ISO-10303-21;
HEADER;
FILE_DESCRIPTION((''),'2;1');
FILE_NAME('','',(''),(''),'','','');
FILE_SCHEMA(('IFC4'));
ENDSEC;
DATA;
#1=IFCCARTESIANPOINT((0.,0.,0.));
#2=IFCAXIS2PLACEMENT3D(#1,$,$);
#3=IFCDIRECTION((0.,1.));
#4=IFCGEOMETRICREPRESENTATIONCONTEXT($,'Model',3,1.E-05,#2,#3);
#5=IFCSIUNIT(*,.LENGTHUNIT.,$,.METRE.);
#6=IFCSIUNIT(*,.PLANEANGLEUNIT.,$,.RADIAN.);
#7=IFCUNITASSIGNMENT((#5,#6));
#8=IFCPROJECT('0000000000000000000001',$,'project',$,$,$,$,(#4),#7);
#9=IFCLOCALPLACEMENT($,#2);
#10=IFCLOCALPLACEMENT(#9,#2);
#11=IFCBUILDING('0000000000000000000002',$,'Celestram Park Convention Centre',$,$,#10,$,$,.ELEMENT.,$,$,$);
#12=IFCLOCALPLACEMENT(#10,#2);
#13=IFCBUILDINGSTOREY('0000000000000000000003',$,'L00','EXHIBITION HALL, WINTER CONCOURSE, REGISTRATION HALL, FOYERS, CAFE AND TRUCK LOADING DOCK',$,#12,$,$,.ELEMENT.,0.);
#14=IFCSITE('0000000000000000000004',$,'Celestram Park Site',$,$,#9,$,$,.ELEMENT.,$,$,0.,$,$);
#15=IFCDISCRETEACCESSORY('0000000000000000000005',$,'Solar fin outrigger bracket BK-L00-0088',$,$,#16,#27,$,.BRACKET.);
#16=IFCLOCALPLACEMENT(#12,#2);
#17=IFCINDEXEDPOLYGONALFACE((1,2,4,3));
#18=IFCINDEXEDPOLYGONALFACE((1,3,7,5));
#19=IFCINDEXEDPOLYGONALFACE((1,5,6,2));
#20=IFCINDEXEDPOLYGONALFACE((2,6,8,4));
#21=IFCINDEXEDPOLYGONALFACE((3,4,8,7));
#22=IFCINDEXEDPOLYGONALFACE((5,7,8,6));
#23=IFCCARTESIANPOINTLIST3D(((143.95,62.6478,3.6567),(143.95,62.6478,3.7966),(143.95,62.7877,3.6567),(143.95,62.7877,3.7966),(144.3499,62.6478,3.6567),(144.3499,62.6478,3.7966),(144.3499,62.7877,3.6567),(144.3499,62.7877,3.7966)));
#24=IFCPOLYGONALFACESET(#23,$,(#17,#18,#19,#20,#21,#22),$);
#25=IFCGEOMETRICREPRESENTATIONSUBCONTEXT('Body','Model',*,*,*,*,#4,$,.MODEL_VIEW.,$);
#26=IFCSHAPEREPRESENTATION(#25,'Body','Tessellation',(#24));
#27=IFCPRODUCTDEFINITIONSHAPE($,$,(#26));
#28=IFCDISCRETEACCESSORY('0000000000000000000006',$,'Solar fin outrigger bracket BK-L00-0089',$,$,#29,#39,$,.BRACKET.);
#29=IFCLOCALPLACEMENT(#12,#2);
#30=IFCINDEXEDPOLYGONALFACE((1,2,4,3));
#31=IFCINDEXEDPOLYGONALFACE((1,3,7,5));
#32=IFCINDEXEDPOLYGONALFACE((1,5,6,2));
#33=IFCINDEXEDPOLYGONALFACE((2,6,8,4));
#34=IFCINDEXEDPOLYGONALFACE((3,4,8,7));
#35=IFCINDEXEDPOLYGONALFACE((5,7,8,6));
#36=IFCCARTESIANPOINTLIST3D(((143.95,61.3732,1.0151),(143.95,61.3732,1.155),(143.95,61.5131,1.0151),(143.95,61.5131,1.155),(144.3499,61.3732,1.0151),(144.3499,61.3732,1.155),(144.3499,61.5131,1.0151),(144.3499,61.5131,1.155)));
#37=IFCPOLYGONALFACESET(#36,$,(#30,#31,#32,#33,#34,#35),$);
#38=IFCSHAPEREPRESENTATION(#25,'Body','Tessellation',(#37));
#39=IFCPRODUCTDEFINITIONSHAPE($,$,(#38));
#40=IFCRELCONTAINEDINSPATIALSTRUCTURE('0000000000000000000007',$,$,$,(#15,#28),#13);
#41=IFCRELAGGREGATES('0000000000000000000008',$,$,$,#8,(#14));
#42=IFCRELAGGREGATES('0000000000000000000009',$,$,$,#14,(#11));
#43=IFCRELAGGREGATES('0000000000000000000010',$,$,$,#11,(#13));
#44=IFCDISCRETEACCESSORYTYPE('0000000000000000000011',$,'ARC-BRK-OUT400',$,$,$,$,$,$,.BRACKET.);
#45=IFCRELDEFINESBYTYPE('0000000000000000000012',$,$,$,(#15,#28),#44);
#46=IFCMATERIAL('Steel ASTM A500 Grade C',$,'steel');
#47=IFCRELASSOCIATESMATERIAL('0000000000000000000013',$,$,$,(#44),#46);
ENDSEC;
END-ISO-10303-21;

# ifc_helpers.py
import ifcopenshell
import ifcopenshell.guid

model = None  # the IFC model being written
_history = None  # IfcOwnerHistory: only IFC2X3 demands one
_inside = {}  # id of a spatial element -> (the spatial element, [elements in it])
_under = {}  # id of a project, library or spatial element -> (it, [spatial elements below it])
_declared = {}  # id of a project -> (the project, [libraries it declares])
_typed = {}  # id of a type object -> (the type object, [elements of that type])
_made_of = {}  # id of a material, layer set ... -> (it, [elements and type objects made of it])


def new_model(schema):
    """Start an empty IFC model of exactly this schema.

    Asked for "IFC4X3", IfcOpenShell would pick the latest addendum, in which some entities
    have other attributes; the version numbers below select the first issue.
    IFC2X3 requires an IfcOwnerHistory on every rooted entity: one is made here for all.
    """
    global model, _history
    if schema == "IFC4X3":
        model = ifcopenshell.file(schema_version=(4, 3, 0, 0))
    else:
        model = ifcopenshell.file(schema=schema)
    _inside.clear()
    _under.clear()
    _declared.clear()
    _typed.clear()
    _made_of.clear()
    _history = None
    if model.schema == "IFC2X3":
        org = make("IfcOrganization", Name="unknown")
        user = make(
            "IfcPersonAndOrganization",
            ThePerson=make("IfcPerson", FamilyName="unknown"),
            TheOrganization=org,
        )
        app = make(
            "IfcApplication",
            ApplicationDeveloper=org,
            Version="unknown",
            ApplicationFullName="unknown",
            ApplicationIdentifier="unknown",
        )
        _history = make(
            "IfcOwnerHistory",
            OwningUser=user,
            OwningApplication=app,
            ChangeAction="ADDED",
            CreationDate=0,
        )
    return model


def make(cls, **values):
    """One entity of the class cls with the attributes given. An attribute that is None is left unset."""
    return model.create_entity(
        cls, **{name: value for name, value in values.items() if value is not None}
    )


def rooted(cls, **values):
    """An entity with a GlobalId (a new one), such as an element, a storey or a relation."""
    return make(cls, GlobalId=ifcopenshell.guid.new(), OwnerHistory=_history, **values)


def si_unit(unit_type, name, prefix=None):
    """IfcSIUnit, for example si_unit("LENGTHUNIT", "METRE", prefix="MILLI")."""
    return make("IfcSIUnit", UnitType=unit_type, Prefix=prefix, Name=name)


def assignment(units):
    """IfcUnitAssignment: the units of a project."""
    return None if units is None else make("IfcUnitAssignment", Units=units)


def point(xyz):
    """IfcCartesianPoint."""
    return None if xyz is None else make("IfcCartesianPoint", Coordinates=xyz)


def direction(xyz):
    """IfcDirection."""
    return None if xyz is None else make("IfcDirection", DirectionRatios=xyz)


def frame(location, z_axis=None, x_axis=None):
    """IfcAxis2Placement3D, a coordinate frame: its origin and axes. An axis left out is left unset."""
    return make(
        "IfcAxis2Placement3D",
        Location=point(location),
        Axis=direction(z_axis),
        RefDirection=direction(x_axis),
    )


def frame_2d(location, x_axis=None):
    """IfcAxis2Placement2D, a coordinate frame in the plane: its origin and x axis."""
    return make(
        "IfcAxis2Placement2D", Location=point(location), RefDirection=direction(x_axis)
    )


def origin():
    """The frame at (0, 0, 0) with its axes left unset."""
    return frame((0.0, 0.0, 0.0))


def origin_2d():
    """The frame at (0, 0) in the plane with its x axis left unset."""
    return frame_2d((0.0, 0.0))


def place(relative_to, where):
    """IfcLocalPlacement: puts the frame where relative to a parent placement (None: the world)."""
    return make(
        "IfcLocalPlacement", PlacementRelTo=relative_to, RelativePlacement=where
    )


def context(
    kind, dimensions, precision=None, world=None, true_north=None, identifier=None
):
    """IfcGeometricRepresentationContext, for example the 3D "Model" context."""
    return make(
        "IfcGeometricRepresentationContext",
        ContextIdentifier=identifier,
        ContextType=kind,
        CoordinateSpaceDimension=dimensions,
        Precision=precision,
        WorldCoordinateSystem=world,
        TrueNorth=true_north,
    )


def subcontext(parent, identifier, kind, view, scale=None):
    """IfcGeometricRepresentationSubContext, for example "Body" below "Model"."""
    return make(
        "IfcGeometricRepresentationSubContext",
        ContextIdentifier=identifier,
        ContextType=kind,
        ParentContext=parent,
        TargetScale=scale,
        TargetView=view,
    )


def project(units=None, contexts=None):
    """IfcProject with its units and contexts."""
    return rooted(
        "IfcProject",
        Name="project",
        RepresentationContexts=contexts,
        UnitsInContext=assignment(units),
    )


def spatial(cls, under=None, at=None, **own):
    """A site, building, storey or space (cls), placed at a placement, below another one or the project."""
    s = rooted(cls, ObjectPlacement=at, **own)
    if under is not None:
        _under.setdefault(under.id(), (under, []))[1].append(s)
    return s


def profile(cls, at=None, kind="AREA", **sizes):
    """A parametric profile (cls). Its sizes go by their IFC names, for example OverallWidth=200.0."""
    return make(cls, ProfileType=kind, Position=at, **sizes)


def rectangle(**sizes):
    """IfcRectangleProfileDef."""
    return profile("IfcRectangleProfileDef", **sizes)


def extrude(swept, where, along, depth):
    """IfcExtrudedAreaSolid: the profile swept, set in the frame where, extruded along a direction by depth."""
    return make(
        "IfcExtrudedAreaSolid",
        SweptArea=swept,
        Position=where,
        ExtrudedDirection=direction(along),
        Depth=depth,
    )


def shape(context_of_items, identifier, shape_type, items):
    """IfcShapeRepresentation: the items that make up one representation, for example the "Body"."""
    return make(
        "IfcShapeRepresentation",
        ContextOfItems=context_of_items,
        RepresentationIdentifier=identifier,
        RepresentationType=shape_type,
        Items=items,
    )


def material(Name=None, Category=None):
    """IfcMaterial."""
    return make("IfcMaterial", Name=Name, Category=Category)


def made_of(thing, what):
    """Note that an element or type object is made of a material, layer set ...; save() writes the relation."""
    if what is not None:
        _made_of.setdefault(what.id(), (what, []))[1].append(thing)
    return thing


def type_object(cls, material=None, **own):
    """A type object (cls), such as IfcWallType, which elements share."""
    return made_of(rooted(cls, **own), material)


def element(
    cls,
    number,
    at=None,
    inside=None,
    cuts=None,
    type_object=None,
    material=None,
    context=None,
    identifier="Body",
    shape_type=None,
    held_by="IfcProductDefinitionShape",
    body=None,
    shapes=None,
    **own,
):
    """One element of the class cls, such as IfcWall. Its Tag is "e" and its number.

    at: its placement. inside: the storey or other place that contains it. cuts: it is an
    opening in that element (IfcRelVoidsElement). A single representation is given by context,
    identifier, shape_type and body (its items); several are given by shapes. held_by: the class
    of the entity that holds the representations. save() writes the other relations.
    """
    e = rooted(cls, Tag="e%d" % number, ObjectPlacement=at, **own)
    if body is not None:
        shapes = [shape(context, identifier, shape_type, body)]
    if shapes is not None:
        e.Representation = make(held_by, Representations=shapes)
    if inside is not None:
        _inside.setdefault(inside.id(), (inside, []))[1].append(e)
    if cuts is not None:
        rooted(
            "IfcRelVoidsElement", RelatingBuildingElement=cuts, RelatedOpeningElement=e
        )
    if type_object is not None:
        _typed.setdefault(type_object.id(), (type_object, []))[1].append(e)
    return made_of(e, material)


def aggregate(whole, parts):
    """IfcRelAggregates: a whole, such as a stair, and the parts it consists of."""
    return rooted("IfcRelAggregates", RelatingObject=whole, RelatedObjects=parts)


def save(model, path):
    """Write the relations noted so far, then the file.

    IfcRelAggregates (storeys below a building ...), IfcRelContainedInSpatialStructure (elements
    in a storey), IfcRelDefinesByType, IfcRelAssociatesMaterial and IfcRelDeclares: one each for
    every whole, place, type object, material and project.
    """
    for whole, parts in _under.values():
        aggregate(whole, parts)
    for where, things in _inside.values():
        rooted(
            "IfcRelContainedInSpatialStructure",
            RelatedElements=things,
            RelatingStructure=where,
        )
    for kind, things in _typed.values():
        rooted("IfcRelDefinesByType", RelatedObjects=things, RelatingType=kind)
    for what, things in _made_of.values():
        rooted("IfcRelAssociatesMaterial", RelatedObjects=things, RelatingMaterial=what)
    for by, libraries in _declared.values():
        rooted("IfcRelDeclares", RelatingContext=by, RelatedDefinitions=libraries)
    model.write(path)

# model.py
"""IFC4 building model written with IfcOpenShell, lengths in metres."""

from ifc_helpers import new_model, si_unit, direction, frame, origin, origin_2d, place, context, subcontext, project, spatial, rectangle, extrude, material, type_object, element, save


model = new_model("IFC4")

# Units and contexts
model_context = context("Model", 3, precision=1e-05, world=origin(), true_north=direction((0.0, 1.0)))
body_context = subcontext(model_context, "Body", "Model", "MODEL_VIEW")
ifc_project = project(units=[si_unit("LENGTHUNIT", "METRE"), si_unit("PLANEANGLEUNIT", "RADIAN")], contexts=[model_context])

# Site, building, storey
site_placement = place(None, origin())
site = spatial("IfcSite", under=ifc_project, at=site_placement, Name="Celestram Park Site", CompositionType="ELEMENT", RefElevation=0.0)
building_placement = place(site_placement, origin())
building = spatial("IfcBuilding", under=site, at=building_placement, Name="Celestram Park Convention Centre", CompositionType="ELEMENT")
storey_placement = place(building_placement, origin())
storey = spatial("IfcBuildingStorey", under=building, at=storey_placement, Name="L00", Description="EXHIBITION HALL, WINTER CONCOURSE, REGISTRATION HALL, FOYERS, CAFE AND TRUCK LOADING DOCK", CompositionType="ELEMENT", Elevation=0.0)

# Shared definitions
ifc_material_1 = material(Name="Steel ASTM A500 Grade C", Category="steel")

# Discrete accessories
discrete_accessory_type = type_object("IfcDiscreteAccessoryType", Name="ARC-BRK-OUT400", PredefinedType="BRACKET", material=ifc_material_1)
for number, where, z_axis, x_axis, name in (
    (1, (144.1499, 62.7178, 3.6567), (0.0, 0.0, 1.0), (1.0, 0.0, 0.0), "Solar fin outrigger bracket BK-L00-0088"),
    (2, (144.1499, 61.4431, 1.0151), (0.0, 0.0, 1.0), (1.0, 0.0, 0.0), "Solar fin outrigger bracket BK-L00-0089"),
):
    element("IfcDiscreteAccessory", number, at=place(storey_placement, frame(where, z_axis=z_axis, x_axis=x_axis)), inside=storey, type_object=discrete_accessory_type, Name=name, PredefinedType="BRACKET", context=body_context, shape_type="SweptSolid", body=[
        extrude(rectangle(XDim=0.3999, YDim=0.1399, at=origin_2d()), origin(), (0.0, 0.0, 1.0), 0.1399),
    ])

save(model, "model.ifc")
